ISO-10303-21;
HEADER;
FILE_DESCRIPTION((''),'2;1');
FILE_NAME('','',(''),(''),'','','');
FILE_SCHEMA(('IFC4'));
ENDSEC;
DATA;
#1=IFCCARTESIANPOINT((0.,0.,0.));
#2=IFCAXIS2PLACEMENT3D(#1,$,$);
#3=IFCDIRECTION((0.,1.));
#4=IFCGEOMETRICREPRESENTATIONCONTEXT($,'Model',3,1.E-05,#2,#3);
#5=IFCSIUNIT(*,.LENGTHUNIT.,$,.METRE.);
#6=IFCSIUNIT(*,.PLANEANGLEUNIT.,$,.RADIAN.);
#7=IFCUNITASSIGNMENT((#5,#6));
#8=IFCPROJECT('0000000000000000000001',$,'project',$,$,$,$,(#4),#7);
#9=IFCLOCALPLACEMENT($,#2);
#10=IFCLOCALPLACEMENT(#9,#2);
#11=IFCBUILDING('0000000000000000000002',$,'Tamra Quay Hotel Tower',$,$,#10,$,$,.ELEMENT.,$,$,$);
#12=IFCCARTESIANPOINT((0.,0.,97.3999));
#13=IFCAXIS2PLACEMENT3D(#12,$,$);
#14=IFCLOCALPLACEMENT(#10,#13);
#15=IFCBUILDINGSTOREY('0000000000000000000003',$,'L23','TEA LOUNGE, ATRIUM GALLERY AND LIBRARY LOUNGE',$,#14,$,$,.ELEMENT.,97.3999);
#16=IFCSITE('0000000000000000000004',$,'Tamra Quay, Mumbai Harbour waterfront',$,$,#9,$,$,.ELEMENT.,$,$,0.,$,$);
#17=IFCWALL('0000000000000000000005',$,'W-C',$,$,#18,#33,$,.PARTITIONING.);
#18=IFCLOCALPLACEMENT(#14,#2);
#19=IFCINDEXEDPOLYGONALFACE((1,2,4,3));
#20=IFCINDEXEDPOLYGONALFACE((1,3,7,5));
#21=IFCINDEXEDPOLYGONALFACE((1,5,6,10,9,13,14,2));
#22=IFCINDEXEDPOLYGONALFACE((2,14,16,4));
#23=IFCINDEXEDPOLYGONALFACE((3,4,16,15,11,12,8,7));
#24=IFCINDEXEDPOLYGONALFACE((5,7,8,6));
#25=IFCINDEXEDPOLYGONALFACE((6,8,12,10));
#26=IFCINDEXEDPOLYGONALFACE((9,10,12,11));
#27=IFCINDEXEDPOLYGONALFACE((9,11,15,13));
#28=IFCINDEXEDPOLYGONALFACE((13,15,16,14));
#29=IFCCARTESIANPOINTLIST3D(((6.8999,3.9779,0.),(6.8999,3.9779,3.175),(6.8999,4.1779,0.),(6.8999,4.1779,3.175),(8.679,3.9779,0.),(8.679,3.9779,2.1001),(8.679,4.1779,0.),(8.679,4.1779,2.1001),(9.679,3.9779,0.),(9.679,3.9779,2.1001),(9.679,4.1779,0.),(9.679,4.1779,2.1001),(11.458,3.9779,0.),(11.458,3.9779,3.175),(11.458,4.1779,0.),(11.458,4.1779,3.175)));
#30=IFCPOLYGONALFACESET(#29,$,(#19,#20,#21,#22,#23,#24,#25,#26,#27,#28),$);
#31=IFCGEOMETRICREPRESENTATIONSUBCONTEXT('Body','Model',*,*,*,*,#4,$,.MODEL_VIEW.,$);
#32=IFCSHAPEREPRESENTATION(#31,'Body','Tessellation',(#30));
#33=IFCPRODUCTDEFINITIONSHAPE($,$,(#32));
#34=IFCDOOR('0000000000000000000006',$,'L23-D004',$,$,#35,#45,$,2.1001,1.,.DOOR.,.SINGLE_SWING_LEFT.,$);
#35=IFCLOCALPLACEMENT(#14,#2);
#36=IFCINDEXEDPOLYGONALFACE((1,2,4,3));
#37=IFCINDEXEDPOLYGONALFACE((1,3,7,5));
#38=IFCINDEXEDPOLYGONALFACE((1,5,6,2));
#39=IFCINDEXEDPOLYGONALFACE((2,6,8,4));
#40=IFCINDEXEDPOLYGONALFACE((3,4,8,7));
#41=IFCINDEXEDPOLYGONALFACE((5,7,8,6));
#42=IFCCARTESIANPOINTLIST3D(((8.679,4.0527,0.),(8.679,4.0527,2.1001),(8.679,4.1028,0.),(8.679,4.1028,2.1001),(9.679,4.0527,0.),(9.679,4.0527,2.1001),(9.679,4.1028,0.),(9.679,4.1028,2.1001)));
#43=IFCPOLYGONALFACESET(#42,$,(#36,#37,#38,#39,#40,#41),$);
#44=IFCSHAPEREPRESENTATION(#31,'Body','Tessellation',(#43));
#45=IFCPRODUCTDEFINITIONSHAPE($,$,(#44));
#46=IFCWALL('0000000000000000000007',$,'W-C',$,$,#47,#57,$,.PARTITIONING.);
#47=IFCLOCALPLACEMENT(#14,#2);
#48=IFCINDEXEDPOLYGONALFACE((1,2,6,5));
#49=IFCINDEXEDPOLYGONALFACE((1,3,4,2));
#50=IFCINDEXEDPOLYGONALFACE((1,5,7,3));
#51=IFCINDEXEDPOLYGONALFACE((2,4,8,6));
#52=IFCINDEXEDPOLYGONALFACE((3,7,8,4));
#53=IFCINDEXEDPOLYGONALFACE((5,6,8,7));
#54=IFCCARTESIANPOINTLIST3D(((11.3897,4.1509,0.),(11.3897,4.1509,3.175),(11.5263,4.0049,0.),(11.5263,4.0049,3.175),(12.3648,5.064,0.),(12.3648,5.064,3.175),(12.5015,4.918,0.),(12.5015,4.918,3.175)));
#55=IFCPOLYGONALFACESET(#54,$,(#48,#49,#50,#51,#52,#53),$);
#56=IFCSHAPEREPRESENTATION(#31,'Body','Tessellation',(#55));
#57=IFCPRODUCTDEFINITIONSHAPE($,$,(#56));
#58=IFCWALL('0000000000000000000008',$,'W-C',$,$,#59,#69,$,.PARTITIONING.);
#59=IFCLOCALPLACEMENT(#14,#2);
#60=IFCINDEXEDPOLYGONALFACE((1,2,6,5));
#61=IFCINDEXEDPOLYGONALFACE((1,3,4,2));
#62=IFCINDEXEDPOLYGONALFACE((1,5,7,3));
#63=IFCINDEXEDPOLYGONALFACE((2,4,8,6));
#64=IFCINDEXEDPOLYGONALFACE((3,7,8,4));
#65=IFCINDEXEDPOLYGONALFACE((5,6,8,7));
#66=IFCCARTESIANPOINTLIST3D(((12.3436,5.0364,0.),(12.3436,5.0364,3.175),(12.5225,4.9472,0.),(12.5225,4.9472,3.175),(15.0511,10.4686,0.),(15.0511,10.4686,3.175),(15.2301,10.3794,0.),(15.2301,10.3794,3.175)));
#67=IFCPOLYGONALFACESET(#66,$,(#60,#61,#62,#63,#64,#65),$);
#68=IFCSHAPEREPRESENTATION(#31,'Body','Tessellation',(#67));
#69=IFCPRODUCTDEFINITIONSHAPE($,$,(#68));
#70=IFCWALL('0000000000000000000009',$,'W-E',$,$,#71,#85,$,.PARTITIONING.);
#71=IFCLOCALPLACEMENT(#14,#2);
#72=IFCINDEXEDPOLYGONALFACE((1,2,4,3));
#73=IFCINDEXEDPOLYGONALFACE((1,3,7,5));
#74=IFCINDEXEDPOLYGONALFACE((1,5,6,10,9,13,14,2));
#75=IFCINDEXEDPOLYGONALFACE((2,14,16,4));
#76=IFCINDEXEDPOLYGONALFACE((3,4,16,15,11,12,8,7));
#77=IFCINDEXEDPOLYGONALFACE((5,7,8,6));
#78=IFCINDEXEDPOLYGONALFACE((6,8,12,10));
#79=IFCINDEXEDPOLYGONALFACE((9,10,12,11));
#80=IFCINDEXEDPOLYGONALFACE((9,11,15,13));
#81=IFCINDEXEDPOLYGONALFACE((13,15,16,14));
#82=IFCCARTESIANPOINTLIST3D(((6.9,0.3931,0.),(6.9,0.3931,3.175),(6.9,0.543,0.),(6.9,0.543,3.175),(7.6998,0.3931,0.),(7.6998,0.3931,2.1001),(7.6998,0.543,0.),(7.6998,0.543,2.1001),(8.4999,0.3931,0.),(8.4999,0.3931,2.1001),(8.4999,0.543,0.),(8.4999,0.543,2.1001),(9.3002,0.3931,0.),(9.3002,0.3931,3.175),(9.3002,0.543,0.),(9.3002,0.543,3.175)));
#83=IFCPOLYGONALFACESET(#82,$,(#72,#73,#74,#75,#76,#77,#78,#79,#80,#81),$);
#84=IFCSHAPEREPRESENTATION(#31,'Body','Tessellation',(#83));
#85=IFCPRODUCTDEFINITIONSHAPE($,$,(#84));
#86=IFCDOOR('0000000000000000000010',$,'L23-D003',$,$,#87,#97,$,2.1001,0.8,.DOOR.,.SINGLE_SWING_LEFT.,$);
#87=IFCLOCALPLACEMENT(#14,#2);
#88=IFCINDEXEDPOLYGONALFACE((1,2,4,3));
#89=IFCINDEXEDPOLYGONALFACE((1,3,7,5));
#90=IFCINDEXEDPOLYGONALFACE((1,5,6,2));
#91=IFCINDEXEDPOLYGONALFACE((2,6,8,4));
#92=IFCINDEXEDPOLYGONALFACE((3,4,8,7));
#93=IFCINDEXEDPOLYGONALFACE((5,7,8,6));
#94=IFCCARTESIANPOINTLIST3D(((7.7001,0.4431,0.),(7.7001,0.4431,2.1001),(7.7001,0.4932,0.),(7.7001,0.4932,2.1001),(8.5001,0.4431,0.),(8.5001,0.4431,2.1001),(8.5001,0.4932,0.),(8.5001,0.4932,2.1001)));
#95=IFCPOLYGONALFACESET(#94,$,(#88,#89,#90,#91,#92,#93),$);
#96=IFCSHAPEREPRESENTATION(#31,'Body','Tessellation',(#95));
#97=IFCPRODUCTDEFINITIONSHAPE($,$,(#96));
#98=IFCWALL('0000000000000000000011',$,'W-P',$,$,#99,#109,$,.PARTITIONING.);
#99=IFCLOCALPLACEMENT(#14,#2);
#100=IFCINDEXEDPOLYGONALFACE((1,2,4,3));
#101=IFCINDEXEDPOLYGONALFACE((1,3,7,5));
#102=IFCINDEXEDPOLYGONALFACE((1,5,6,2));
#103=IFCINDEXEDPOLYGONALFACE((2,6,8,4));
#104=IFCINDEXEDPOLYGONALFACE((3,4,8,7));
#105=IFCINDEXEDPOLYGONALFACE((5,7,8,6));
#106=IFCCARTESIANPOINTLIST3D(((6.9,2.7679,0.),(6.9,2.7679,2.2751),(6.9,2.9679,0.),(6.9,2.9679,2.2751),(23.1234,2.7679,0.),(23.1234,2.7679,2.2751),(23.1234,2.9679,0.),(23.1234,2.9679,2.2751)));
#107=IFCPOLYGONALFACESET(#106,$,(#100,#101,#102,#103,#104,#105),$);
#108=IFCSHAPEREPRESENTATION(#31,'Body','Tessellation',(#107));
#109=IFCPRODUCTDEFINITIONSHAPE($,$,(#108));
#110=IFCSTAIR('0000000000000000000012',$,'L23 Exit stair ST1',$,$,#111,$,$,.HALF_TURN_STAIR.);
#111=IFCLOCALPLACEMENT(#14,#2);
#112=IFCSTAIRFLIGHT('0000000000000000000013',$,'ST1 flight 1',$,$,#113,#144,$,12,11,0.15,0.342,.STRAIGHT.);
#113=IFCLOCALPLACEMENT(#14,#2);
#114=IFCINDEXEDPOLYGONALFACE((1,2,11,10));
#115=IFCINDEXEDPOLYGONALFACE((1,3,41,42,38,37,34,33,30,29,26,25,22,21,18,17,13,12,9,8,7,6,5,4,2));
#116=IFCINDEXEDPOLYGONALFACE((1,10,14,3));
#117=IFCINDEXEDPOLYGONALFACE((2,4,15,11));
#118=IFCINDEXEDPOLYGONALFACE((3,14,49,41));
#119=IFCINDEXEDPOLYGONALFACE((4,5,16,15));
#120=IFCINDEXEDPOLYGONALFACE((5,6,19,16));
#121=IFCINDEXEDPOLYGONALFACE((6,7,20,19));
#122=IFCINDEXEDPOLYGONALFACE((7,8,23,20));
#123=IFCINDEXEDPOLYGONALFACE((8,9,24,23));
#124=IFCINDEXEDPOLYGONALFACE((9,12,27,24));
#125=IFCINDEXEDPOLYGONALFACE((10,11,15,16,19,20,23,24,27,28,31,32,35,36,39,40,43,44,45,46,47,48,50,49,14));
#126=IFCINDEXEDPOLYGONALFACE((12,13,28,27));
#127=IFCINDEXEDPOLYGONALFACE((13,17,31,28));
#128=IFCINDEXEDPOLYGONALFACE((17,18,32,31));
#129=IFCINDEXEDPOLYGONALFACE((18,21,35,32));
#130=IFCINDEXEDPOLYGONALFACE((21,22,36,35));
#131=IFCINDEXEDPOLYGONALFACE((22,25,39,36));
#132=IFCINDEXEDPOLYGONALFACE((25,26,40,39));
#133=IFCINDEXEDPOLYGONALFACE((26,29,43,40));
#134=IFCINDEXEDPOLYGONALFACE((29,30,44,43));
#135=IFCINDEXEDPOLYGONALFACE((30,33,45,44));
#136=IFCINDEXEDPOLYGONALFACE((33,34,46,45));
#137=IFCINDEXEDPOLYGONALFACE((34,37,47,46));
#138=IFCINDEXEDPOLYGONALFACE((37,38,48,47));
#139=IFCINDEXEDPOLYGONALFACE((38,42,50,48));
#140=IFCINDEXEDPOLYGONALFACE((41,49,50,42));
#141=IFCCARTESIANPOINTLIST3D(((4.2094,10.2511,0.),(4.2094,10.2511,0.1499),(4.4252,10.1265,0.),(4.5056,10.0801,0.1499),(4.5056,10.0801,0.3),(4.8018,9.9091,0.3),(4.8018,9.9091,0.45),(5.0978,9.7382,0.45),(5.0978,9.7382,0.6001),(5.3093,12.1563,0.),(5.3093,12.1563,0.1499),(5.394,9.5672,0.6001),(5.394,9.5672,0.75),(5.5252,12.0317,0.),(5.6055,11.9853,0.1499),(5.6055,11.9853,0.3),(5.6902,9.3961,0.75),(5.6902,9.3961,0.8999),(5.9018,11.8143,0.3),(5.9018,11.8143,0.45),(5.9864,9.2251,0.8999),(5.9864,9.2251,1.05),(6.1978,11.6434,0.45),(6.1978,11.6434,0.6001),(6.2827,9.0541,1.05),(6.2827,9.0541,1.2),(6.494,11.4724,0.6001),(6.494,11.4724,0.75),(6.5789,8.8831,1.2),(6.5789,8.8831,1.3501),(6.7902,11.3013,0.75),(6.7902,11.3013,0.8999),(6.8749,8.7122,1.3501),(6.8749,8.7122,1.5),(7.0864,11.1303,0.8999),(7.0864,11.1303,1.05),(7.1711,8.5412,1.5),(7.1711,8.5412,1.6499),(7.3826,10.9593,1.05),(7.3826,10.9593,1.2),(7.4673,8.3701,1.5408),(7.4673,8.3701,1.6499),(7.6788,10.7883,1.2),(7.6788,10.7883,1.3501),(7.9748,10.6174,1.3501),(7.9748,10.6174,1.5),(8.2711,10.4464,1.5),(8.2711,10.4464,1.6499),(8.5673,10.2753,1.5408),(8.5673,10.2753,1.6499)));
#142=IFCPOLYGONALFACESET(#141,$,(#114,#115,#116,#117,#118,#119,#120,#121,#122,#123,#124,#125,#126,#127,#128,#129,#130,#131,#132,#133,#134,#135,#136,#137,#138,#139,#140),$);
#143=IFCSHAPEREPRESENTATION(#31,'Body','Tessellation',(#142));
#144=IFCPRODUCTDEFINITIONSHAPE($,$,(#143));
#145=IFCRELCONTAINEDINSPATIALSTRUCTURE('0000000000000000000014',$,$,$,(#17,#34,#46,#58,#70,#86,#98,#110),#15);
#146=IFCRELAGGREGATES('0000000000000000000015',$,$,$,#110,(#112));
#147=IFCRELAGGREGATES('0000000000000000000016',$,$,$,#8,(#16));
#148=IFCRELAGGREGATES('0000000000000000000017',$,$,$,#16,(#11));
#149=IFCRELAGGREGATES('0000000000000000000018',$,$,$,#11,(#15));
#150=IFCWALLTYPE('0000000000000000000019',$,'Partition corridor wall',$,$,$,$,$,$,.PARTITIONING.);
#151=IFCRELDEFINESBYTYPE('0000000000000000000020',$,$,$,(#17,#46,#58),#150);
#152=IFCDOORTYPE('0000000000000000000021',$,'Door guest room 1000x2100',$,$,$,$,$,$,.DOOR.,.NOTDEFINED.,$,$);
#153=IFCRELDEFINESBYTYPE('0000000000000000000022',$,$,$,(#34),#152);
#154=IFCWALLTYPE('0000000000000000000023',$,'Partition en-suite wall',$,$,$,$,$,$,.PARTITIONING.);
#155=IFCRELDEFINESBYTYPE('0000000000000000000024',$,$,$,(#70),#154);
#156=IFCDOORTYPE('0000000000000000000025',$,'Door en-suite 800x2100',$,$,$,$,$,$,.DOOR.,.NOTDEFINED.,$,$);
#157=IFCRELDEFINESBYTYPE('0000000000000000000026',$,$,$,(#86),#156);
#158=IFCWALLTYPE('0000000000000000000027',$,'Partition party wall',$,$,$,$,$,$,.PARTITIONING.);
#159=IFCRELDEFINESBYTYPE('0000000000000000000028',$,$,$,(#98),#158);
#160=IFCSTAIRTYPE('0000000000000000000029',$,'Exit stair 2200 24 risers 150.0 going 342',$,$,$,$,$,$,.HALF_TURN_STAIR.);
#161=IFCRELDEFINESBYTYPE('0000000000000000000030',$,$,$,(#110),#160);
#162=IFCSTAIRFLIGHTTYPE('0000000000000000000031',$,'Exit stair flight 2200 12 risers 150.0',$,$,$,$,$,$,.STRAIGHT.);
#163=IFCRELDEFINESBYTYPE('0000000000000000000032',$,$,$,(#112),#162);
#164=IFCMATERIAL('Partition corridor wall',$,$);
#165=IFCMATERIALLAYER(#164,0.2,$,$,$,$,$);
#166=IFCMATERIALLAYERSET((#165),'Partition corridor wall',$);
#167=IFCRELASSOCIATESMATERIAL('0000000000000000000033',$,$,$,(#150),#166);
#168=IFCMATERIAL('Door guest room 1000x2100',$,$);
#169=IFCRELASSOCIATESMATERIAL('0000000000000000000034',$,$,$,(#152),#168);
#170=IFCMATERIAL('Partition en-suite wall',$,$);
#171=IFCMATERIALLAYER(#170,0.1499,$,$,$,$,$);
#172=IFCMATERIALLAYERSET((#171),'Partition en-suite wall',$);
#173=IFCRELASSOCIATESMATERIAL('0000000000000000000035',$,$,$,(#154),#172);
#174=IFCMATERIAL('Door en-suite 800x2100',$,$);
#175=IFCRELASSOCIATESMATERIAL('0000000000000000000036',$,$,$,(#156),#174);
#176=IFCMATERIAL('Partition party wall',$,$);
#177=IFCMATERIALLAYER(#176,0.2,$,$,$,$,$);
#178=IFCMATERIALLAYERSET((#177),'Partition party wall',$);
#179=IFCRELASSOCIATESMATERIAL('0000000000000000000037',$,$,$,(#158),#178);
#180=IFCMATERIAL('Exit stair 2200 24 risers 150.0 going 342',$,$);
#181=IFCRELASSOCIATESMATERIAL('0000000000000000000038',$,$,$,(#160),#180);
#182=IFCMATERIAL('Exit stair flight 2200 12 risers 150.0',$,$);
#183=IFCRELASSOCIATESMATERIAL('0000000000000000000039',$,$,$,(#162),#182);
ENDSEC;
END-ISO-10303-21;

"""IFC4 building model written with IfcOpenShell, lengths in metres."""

from ifc_helpers import new_model, si_unit, direction, frame, frame_2d, origin, place, context, subcontext, project, spatial, polyline, rectangle, outline, extrude, material, layer, layer_set, type_object, element, fill, aggregate, save


model = new_model("IFC4")

# Units and contexts
model_context = context("Model", 3, precision=1e-05, world=origin(), true_north=direction((0.0, 1.0)))
body_context = subcontext(model_context, "Body", "Model", "MODEL_VIEW")
ifc_project = project(units=[si_unit("LENGTHUNIT", "METRE"), si_unit("PLANEANGLEUNIT", "RADIAN")], contexts=[model_context])

# Site, building, storey
site_placement = place(None, origin())
site = spatial("IfcSite", under=ifc_project, at=site_placement, Name="Tamra Quay, Mumbai Harbour waterfront", CompositionType="ELEMENT", RefElevation=0.0)
building_placement = place(site_placement, origin())
building = spatial("IfcBuilding", under=site, at=building_placement, Name="Tamra Quay Hotel Tower", CompositionType="ELEMENT")
storey_placement = place(building_placement, frame((0.0, 0.0, 97.3999)))
storey = spatial("IfcBuildingStorey", under=building, at=storey_placement, Name="L23", Description="TEA LOUNGE, ATRIUM GALLERY AND LIBRARY LOUNGE", CompositionType="ELEMENT", Elevation=97.3999)

# Wall, opening, door
ifc_material_1 = material(Name="Partition corridor wall")
ifc_layer_1 = layer(ifc_material_1, 0.2)
ifc_layer_set_1 = layer_set([ifc_layer_1], Name="Partition corridor wall")
wall_type_1 = type_object("IfcWallType", Name="Partition corridor wall", PredefinedType="PARTITIONING", material=ifc_layer_set_1)
wall_1_placement = place(storey_placement, frame((6.8999, 4.0779, 0.0), z_axis=(0.0, 0.0, 1.0), x_axis=(1.0, 0.0, 0.0)))
wall_1 = element("IfcWall", 1, at=wall_1_placement, inside=storey, type_object=wall_type_1, Name="W-C", PredefinedType="PARTITIONING", context=body_context, shape_type="SweptSolid", body=[
    extrude(rectangle(XDim=4.5581, YDim=0.2, at=frame_2d((2.2791, 0.0))), origin(), (0.0, 0.0, 1.0), 3.175),
])
opening_1_placement = place(wall_1_placement, frame((1.7791, 0.0, 0.0)))
opening_1 = element("IfcOpeningElement", 2, at=opening_1_placement, cuts=wall_1, PredefinedType="OPENING", context=body_context, shape_type="SweptSolid", body=[
    extrude(rectangle(XDim=1.0, YDim=2.1001, at=frame_2d((0.5, 1.05))), frame((0.0, 0.1099, 0.0), z_axis=(0.0, -1.0, 0.0), x_axis=(1.0, 0.0, 0.0)), (0.0, 0.0, 1.0), 0.22),
])
ifc_material_2 = material(Name="Door guest room 1000x2100")
door_type_1 = type_object("IfcDoorType", Name="Door guest room 1000x2100", OperationType="NOTDEFINED", PredefinedType="DOOR", material=ifc_material_2)
door_1_placement = place(opening_1_placement, origin())
door_1 = element("IfcDoor", 3, at=door_1_placement, inside=storey, type_object=door_type_1, Name="L23-D004", OperationType="SINGLE_SWING_LEFT", OverallHeight=2.1001, OverallWidth=1.0, PredefinedType="DOOR", context=body_context, shape_type="SweptSolid", body=[
    extrude(rectangle(XDim=1.0, YDim=2.1001, at=frame_2d((0.5, 1.05))), frame((0.0, 0.0249, 0.0), z_axis=(0.0, -1.0, 0.0), x_axis=(1.0, 0.0, 0.0)), (0.0, 0.0, 1.0), 0.05),
])
fill(opening_1, door_1)

# Walls
wall_2_placement = place(storey_placement, frame((11.458, 4.0779, 0.0), z_axis=(0.0, 0.0, 1.0), x_axis=(0.729936, 0.683515, 0.0)))
element("IfcWall", 4, at=wall_2_placement, inside=storey, type_object=wall_type_1, Name="W-C", PredefinedType="PARTITIONING", context=body_context, shape_type="SweptSolid", body=[
    extrude(rectangle(XDim=1.3359, YDim=0.2, at=frame_2d((0.668, 0.0))), origin(), (0.0, 0.0, 1.0), 3.175),
])
wall_3_placement = place(storey_placement, frame((12.4331, 4.9919, 0.0), z_axis=(0.0, 0.0, 1.0), x_axis=(0.446087, 0.89499, 0.0)))
element("IfcWall", 5, at=wall_3_placement, inside=storey, type_object=wall_type_1, Name="W-C", PredefinedType="PARTITIONING", context=body_context, shape_type="SweptSolid", body=[
    extrude(rectangle(XDim=6.0696, YDim=0.2, at=frame_2d((3.0347, 0.0))), origin(), (0.0, 0.0, 1.0), 3.175),
])

# Wall, opening, door
ifc_material_3 = material(Name="Partition en-suite wall")
ifc_layer_2 = layer(ifc_material_3, 0.1499)
ifc_layer_set_2 = layer_set([ifc_layer_2], Name="Partition en-suite wall")
wall_type_2 = type_object("IfcWallType", Name="Partition en-suite wall", PredefinedType="PARTITIONING", material=ifc_layer_set_2)
wall_4_placement = place(storey_placement, frame((6.8999, 0.468, 0.0), z_axis=(0.0, 0.0, 1.0), x_axis=(1.0, 0.0, 0.0)))
wall_4 = element("IfcWall", 6, at=wall_4_placement, inside=storey, type_object=wall_type_2, Name="W-E", PredefinedType="PARTITIONING", context=body_context, shape_type="SweptSolid", body=[
    extrude(rectangle(XDim=2.4001, YDim=0.1499, at=frame_2d((1.2002, 0.0))), origin(), (0.0, 0.0, 1.0), 3.175),
])
opening_2_placement = place(wall_4_placement, frame((0.8, 0.0, 0.0)))
opening_2 = element("IfcOpeningElement", 7, at=opening_2_placement, cuts=wall_4, PredefinedType="OPENING", context=body_context, shape_type="SweptSolid", body=[
    extrude(rectangle(XDim=0.8, YDim=2.1001, at=frame_2d((0.3999, 1.05))), frame((0.0, 0.085, 0.0), z_axis=(0.0, -1.0, 0.0), x_axis=(1.0, 0.0, 0.0)), (0.0, 0.0, 1.0), 0.1699),
])
ifc_material_4 = material(Name="Door en-suite 800x2100")
door_type_2 = type_object("IfcDoorType", Name="Door en-suite 800x2100", OperationType="NOTDEFINED", PredefinedType="DOOR", material=ifc_material_4)
door_2_placement = place(opening_2_placement, frame((0.8, 0.0, 0.0), z_axis=(0.0, 0.0, 1.0), x_axis=(-1.0, 0.0, 0.0)))
door_2 = element("IfcDoor", 8, at=door_2_placement, inside=storey, type_object=door_type_2, Name="L23-D003", OperationType="SINGLE_SWING_LEFT", OverallHeight=2.1001, OverallWidth=0.8, PredefinedType="DOOR", context=body_context, shape_type="SweptSolid", body=[
    extrude(rectangle(XDim=0.8, YDim=2.1001, at=frame_2d((0.3999, 1.05))), frame((0.0, 0.0249, 0.0), z_axis=(0.0, -1.0, 0.0), x_axis=(1.0, 0.0, 0.0)), (0.0, 0.0, 1.0), 0.05),
])
fill(opening_2, door_2)

# Wall
ifc_material_5 = material(Name="Partition party wall")
ifc_layer_3 = layer(ifc_material_5, 0.2)
ifc_layer_set_3 = layer_set([ifc_layer_3], Name="Partition party wall")
wall_type_3 = type_object("IfcWallType", Name="Partition party wall", PredefinedType="PARTITIONING", material=ifc_layer_set_3)
wall_5_placement = place(storey_placement, frame((6.8999, 2.8679, 0.0), z_axis=(0.0, 0.0, 1.0), x_axis=(1.0, 0.0, 0.0)))
element("IfcWall", 9, at=wall_5_placement, inside=storey, type_object=wall_type_3, Name="W-P", PredefinedType="PARTITIONING", context=body_context, shape_type="SweptSolid", body=[
    extrude(rectangle(XDim=16.2234, YDim=0.2, at=frame_2d((8.1118, 0.0))), origin(), (0.0, 0.0, 1.0), 2.2751),
])

# Stair, stair flight
ifc_material_6 = material(Name="Exit stair 2200 24 risers 150.0 going 342")
stair_type = type_object("IfcStairType", Name="Exit stair 2200 24 risers 150.0 going 342", PredefinedType="HALF_TURN_STAIR", material=ifc_material_6)
stair_placement = place(storey_placement, origin())
stair = element("IfcStair", 10, at=stair_placement, inside=storey, type_object=stair_type, Name="L23 Exit stair ST1", PredefinedType="HALF_TURN_STAIR")
ifc_material_7 = material(Name="Exit stair flight 2200 12 risers 150.0")
stair_flight_type = type_object("IfcStairFlightType", Name="Exit stair flight 2200 12 risers 150.0", PredefinedType="STRAIGHT", material=ifc_material_7)
stair_flight_1_placement = place(storey_placement, frame((4.7593, 11.2036, 0.0), z_axis=(0.0, 0.0, 1.0), x_axis=(0.866025, -0.5, 0.0)))
stair_flight_1 = element("IfcStairFlight", 11, at=stair_flight_1_placement, type_object=stair_flight_type, Name="ST1 flight 1", NumberOfRisers=12, NumberOfTreads=11, PredefinedType="STRAIGHT", RiserHeight=0.15, TreadLength=0.342, context=body_context, shape_type="SweptSolid", body=[
    extrude(outline(polyline([(0.0, 0.0), (0.0, 0.1499), (0.342, 0.1499), (0.342, 0.3), (0.6841, 0.3), (0.6841, 0.45), (1.0259, 0.45), (1.0259, 0.6001), (1.3679, 0.6001), (1.3679, 0.75), (1.71, 0.75), (1.71, 0.8999), (2.052, 0.8999), (2.052, 1.05), (2.394, 1.05), (2.394, 1.2), (2.7361, 1.2), (2.7361, 1.3501), (3.0779, 1.3501), (3.0779, 1.5), (3.4199, 1.5), (3.4199, 1.6499), (3.762, 1.6499), (3.762, 1.8), (3.762, 1.5408), (0.2493, 0.0), (0.0, 0.0)])), frame((0.0, 1.1001, 0.0), z_axis=(0.0, -1.0, 0.0), x_axis=(1.0, 0.0, 0.0)), (0.0, 0.0, 1.0), 2.2),
])
aggregate(stair, [stair_flight_1])

save(model, "model.ifc")
